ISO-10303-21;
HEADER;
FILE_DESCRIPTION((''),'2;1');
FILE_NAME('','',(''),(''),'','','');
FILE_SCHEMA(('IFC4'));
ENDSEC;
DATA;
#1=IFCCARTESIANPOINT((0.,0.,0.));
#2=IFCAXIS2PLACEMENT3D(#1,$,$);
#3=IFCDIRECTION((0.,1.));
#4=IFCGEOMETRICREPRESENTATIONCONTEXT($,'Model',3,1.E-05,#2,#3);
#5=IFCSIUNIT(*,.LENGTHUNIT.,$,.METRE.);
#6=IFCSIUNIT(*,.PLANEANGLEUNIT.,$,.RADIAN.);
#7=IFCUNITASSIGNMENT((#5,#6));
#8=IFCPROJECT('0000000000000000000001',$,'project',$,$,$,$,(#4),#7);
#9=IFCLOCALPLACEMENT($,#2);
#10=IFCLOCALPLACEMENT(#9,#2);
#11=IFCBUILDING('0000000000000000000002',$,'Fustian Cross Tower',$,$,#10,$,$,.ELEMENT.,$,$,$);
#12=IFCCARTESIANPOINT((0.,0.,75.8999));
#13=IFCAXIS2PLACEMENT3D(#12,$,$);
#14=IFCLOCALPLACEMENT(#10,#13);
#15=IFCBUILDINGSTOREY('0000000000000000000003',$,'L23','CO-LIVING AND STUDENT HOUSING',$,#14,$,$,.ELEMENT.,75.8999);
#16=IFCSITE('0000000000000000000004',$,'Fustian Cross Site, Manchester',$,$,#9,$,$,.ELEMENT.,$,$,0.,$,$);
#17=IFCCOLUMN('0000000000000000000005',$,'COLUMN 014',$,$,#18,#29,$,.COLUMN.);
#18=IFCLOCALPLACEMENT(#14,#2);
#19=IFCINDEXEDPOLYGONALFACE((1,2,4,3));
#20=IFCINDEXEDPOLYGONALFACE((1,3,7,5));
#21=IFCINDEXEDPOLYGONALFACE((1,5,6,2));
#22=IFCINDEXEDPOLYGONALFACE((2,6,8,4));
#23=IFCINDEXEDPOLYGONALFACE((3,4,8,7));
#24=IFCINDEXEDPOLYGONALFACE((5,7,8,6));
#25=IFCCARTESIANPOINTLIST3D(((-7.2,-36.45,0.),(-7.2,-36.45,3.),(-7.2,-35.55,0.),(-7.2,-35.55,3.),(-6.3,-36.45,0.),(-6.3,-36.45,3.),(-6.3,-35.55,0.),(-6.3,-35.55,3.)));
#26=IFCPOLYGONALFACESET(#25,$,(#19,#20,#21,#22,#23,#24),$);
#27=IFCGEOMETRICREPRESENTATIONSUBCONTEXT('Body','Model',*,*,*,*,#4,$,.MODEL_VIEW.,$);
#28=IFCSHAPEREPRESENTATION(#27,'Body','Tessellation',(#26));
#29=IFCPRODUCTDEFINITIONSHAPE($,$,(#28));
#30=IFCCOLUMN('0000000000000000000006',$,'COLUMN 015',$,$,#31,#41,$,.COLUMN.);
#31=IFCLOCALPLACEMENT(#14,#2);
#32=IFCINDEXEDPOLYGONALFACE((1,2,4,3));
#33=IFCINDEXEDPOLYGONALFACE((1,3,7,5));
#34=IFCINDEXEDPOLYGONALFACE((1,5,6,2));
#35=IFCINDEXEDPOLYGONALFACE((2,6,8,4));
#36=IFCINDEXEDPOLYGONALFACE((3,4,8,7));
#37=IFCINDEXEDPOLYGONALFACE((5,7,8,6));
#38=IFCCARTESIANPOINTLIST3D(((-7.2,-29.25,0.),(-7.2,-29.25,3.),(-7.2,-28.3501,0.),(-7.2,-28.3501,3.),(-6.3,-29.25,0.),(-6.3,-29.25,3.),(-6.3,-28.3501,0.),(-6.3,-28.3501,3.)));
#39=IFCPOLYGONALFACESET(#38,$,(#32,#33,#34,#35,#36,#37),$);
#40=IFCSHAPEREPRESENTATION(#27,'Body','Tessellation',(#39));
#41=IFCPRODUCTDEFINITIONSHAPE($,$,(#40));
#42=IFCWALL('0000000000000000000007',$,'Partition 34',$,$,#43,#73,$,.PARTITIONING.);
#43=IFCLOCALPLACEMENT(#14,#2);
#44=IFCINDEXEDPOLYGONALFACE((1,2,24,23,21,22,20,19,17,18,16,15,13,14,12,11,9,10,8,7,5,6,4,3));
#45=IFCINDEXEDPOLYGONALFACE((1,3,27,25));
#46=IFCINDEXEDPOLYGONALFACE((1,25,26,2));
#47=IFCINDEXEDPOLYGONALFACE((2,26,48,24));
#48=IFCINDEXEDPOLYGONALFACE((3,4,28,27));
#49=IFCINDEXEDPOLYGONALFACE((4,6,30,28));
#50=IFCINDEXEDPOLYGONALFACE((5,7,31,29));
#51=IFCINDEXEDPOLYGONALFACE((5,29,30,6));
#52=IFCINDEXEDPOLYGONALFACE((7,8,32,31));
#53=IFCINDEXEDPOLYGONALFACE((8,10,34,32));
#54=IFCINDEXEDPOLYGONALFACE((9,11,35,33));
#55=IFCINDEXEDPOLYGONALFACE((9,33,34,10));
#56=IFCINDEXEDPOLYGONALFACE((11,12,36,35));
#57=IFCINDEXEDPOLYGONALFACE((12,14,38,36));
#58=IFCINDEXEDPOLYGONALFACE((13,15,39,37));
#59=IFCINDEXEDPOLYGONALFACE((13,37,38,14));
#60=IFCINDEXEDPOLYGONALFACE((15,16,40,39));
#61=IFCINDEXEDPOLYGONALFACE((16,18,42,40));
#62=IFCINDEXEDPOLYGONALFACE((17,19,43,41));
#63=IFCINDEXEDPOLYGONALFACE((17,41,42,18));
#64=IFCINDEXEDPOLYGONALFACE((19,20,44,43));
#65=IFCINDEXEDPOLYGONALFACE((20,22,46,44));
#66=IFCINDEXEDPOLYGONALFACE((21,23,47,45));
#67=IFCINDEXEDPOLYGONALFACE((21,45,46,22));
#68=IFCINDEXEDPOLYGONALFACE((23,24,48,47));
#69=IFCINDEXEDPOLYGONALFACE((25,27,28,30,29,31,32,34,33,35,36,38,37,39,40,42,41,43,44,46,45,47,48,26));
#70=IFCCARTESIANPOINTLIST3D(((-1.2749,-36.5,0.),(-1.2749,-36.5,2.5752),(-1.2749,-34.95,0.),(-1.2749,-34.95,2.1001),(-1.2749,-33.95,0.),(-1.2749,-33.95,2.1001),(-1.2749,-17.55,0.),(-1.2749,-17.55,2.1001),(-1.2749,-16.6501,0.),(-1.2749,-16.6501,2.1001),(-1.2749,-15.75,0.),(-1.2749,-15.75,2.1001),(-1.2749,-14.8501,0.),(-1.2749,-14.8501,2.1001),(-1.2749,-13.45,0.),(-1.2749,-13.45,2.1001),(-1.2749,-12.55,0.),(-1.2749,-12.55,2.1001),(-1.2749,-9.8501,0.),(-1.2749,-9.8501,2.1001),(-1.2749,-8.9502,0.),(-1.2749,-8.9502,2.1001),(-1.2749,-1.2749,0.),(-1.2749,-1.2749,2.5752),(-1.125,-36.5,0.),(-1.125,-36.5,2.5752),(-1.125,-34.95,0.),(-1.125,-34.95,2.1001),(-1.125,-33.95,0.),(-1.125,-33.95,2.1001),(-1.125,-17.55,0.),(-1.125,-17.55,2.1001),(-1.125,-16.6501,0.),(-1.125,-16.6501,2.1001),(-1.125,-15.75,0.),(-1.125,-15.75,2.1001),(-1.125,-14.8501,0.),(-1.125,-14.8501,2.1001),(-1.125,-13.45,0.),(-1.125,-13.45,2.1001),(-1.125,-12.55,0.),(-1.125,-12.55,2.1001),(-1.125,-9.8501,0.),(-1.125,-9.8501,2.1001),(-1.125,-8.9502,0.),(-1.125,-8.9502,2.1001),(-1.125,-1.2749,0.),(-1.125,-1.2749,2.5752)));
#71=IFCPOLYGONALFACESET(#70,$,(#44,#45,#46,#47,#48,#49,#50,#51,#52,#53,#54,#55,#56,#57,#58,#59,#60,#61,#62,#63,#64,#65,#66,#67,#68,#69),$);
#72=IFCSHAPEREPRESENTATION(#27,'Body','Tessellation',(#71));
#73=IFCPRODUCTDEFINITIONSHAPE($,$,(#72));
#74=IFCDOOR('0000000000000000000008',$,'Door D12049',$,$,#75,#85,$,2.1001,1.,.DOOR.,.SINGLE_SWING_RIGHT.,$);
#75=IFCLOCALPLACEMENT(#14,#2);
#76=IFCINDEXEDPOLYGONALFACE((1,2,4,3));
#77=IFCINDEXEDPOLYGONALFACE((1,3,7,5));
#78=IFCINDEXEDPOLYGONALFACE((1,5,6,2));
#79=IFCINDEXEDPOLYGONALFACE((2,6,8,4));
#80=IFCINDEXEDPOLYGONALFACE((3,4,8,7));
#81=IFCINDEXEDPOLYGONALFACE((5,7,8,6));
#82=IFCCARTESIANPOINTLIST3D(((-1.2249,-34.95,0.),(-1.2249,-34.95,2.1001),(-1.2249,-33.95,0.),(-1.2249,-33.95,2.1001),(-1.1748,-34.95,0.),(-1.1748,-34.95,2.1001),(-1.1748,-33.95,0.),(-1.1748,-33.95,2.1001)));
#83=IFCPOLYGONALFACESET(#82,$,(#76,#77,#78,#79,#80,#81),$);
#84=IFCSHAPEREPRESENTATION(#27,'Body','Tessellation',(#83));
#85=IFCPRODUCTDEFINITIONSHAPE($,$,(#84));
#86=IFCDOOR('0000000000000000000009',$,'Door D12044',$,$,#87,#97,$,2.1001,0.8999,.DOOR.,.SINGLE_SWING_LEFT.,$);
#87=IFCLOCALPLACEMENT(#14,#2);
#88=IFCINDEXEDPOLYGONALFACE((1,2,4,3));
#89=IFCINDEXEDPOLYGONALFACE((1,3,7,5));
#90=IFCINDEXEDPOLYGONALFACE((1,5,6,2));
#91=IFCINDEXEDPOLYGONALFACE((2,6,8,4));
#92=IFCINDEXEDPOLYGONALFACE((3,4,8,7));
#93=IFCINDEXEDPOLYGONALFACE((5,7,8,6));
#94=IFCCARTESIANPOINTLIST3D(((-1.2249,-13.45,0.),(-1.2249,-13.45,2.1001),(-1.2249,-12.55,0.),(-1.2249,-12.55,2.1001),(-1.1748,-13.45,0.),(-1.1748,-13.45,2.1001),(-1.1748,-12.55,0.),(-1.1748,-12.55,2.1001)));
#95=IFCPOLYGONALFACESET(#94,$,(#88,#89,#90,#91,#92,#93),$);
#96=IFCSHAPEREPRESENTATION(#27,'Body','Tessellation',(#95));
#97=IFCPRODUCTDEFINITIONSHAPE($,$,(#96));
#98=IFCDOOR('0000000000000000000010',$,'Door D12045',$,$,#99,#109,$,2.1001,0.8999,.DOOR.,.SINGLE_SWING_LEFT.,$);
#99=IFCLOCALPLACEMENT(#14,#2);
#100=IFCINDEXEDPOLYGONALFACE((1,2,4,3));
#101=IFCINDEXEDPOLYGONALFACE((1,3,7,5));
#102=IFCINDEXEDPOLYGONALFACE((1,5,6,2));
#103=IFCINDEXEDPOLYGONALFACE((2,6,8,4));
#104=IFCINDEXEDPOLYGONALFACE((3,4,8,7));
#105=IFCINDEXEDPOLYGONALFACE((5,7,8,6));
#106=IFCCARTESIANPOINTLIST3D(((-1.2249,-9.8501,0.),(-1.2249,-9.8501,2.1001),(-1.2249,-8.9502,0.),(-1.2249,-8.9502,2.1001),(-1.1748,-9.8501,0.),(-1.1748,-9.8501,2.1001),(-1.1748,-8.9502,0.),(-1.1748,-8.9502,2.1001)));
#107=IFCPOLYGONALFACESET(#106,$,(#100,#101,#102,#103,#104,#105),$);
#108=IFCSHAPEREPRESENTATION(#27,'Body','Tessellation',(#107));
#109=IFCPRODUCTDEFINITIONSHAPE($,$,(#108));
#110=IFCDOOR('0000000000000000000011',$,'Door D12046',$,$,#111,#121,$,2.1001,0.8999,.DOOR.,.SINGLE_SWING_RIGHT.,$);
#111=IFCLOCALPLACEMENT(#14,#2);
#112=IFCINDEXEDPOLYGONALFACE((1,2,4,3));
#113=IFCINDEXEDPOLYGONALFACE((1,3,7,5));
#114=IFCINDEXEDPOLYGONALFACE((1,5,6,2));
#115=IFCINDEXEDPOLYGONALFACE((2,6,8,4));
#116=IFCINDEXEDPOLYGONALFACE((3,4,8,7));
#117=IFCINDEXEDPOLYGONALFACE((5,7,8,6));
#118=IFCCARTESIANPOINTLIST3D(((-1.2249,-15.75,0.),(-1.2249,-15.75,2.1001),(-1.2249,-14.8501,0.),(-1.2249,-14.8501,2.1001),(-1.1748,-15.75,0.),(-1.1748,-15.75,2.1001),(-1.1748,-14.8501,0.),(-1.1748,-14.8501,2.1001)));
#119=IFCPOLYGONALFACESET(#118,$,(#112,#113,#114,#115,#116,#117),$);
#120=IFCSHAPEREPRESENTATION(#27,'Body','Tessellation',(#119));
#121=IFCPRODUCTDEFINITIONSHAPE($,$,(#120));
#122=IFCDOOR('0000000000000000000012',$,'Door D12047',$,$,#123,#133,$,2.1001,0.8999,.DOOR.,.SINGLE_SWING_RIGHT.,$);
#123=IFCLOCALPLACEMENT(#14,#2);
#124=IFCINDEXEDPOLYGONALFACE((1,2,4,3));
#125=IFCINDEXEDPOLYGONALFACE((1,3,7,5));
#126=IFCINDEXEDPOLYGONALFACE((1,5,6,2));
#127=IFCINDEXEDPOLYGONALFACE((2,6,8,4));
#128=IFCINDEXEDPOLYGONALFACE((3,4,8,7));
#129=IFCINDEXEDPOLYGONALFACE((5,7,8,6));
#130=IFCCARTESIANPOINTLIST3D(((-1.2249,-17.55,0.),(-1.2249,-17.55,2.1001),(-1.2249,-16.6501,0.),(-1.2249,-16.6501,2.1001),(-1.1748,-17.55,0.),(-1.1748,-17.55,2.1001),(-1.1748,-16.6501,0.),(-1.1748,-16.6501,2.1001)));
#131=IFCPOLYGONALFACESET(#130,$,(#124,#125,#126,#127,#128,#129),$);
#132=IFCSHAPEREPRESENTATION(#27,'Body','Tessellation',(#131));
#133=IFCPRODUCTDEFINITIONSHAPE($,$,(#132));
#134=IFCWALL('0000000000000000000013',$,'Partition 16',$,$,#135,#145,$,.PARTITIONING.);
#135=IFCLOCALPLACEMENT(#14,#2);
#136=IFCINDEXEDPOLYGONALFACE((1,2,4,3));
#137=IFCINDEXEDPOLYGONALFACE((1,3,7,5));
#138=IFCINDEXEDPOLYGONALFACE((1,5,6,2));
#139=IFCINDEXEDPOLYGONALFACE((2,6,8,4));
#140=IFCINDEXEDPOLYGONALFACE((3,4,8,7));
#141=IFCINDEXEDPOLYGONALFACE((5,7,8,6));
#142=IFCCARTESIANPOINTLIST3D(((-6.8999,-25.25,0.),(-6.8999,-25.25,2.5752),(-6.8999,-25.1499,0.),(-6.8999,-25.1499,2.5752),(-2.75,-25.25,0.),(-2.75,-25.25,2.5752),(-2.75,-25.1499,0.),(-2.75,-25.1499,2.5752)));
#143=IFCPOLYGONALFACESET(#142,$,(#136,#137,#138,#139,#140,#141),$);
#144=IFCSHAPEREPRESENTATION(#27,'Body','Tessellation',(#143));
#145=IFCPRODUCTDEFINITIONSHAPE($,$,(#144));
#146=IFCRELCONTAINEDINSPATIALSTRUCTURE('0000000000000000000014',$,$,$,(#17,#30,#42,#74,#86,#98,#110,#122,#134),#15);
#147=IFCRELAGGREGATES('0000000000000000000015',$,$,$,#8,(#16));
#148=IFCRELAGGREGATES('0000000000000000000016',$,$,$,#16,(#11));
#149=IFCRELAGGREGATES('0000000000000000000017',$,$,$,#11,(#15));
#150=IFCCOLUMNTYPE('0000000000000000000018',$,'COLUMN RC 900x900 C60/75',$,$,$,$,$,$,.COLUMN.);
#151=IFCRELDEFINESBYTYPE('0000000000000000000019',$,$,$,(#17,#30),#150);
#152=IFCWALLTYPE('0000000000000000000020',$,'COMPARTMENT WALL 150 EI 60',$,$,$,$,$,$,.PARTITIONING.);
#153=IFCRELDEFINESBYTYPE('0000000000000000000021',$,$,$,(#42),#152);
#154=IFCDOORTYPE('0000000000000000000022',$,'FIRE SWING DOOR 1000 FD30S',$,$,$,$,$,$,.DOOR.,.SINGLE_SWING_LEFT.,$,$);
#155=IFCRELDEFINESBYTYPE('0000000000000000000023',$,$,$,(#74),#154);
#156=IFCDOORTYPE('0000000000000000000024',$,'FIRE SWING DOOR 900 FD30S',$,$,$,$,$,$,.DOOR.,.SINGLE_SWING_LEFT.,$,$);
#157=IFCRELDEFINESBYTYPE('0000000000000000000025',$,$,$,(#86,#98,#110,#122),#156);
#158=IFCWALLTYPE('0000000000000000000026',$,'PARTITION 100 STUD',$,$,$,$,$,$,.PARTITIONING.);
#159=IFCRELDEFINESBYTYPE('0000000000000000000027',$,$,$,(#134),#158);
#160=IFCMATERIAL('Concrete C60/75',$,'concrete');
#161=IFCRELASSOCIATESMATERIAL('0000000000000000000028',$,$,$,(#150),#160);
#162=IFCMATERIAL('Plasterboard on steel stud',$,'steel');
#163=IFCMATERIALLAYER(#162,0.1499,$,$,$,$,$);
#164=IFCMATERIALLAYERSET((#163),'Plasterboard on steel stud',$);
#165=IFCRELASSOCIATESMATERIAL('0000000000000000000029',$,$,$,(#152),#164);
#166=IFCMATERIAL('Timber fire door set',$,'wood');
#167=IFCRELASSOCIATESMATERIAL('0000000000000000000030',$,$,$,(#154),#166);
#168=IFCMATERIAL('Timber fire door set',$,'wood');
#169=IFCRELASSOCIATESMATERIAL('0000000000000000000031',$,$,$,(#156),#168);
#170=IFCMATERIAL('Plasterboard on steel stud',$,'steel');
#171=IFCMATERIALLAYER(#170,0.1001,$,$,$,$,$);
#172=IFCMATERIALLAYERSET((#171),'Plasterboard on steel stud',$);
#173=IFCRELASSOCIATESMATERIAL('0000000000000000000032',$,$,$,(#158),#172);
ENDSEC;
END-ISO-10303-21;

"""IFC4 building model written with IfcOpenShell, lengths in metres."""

from ifc_helpers import new_model, si_unit, direction, frame, frame_2d, origin, origin_2d, place, context, subcontext, project, spatial, rectangle, extrude, material, layer, layer_set, material_profile, profile_set, type_object, element, fill, save


model = new_model("IFC4")

# Units and contexts
model_context = context("Model", 3, precision=1e-05, world=origin(), true_north=direction((0.0, 1.0)))
body_context = subcontext(model_context, "Body", "Model", "MODEL_VIEW")
ifc_project = project(units=[si_unit("LENGTHUNIT", "METRE"), si_unit("PLANEANGLEUNIT", "RADIAN")], contexts=[model_context])

# Site, building, storey
site_placement = place(None, origin())
site = spatial("IfcSite", under=ifc_project, at=site_placement, Name="Fustian Cross Site, Manchester", CompositionType="ELEMENT", RefElevation=0.0)
building_placement = place(site_placement, origin())
building = spatial("IfcBuilding", under=site, at=building_placement, Name="Fustian Cross Tower", CompositionType="ELEMENT")
storey_placement = place(building_placement, frame((0.0, 0.0, 75.8999)))
storey = spatial("IfcBuildingStorey", under=building, at=storey_placement, Name="L23", Description="CO-LIVING AND STUDENT HOUSING", CompositionType="ELEMENT", Elevation=75.8999)

# Columns
ifc_material_1 = material(Name="Concrete C60/75", Category="concrete")
ifc_material_profile = material_profile(ifc_material_1, rectangle(XDim=0.8999, YDim=0.8999, at=origin_2d()), Name="RC 900x900")
ifc_profile_set = profile_set([ifc_material_profile], Name="Concrete C60/75")
column_type = type_object("IfcColumnType", Name="COLUMN RC 900x900 C60/75", PredefinedType="COLUMN", material=ifc_profile_set)
for number, where, z_axis, x_axis, name in (
    (1, (-6.75, -36.0, 0.0), (0.0, 0.0, 1.0), (1.0, 0.0, 0.0), "COLUMN 014"),
    (2, (-6.75, -28.8, 0.0), (0.0, 0.0, 1.0), (1.0, 0.0, 0.0), "COLUMN 015"),
):
    element("IfcColumn", number, at=place(storey_placement, frame(where, z_axis=z_axis, x_axis=x_axis)), inside=storey, type_object=column_type, Name=name, PredefinedType="COLUMN", context=body_context, shape_type="SweptSolid", body=[
        extrude(rectangle(XDim=0.8999, YDim=0.8999, at=origin_2d()), origin(), (0.0, 0.0, 1.0), 3.0),
    ])

# Wall, openings, doors
ifc_material_2 = material(Name="Plasterboard on steel stud", Category="steel")
ifc_layer_1 = layer(ifc_material_2, 0.1499)
ifc_layer_set_1 = layer_set([ifc_layer_1], Name="Plasterboard on steel stud")
wall_type_1 = type_object("IfcWallType", Name="COMPARTMENT WALL 150 EI 60", PredefinedType="PARTITIONING", material=ifc_layer_set_1)
wall_1_placement = place(storey_placement, frame((-1.2, -36.5, 0.0), z_axis=(0.0, 0.0, 1.0), x_axis=(0.0, 1.0, 0.0)))
wall_1 = element("IfcWall", 3, at=wall_1_placement, inside=storey, type_object=wall_type_1, Name="Partition 34", PredefinedType="PARTITIONING", context=body_context, shape_type="SweptSolid", body=[
    extrude(rectangle(XDim=35.2251, YDim=0.1499, at=frame_2d((17.6125, 0.0))), origin(), (0.0, 0.0, 1.0), 2.5752),
])
opening_1_placement = place(wall_1_placement, frame((23.05, 0.0, 0.0)))
opening_1 = element("IfcOpeningElement", 4, at=opening_1_placement, cuts=wall_1, PredefinedType="OPENING", context=body_context, shape_type="SweptSolid", body=[
    extrude(rectangle(XDim=0.8999, YDim=2.1001, at=frame_2d((0.45, 1.05))), frame((0.0, 0.085, 0.0), z_axis=(0.0, -1.0, 0.0), x_axis=(1.0, 0.0, 0.0)), (0.0, 0.0, 1.0), 0.1699),
])
opening_2_placement = place(wall_1_placement, frame((26.6499, 0.0, 0.0)))
opening_2 = element("IfcOpeningElement", 5, at=opening_2_placement, cuts=wall_1, PredefinedType="OPENING", context=body_context, shape_type="SweptSolid", body=[
    extrude(rectangle(XDim=0.8999, YDim=2.1001, at=frame_2d((0.45, 1.05))), frame((0.0, 0.085, 0.0), z_axis=(0.0, -1.0, 0.0), x_axis=(1.0, 0.0, 0.0)), (0.0, 0.0, 1.0), 0.1699),
])
opening_3_placement = place(wall_1_placement, frame((20.75, 0.0, 0.0)))
opening_3 = element("IfcOpeningElement", 6, at=opening_3_placement, cuts=wall_1, PredefinedType="OPENING", context=body_context, shape_type="SweptSolid", body=[
    extrude(rectangle(XDim=0.8999, YDim=2.1001, at=frame_2d((0.45, 1.05))), frame((0.0, 0.085, 0.0), z_axis=(0.0, -1.0, 0.0), x_axis=(1.0, 0.0, 0.0)), (0.0, 0.0, 1.0), 0.1699),
])
opening_4_placement = place(wall_1_placement, frame((18.95, 0.0, 0.0)))
opening_4 = element("IfcOpeningElement", 7, at=opening_4_placement, cuts=wall_1, PredefinedType="OPENING", context=body_context, shape_type="SweptSolid", body=[
    extrude(rectangle(XDim=0.8999, YDim=2.1001, at=frame_2d((0.45, 1.05))), frame((0.0, 0.085, 0.0), z_axis=(0.0, -1.0, 0.0), x_axis=(1.0, 0.0, 0.0)), (0.0, 0.0, 1.0), 0.1699),
])
opening_5_placement = place(wall_1_placement, frame((1.55, 0.0, 0.0)))
opening_5 = element("IfcOpeningElement", 8, at=opening_5_placement, cuts=wall_1, PredefinedType="OPENING", context=body_context, shape_type="SweptSolid", body=[
    extrude(rectangle(XDim=1.0, YDim=2.1001, at=frame_2d((0.5, 1.05))), frame((0.0, 0.085, 0.0), z_axis=(0.0, -1.0, 0.0), x_axis=(1.0, 0.0, 0.0)), (0.0, 0.0, 1.0), 0.1699),
])
ifc_material_3 = material(Name="Timber fire door set", Category="wood")
door_type_1 = type_object("IfcDoorType", Name="FIRE SWING DOOR 1000 FD30S", OperationType="SINGLE_SWING_LEFT", PredefinedType="DOOR", material=ifc_material_3)
door_1_placement = place(opening_5_placement, origin())
door_1 = element("IfcDoor", 9, at=door_1_placement, inside=storey, type_object=door_type_1, Name="Door D12049", OperationType="SINGLE_SWING_RIGHT", OverallHeight=2.1001, OverallWidth=1.0, PredefinedType="DOOR", context=body_context, shape_type="SweptSolid", body=[
    extrude(rectangle(XDim=1.0, YDim=2.1001, at=frame_2d((0.5, 1.05))), frame((0.0, 0.0249, 0.0), z_axis=(0.0, -1.0, 0.0), x_axis=(1.0, 0.0, 0.0)), (0.0, 0.0, 1.0), 0.05),
])
fill(opening_5, door_1)
ifc_material_4 = material(Name="Timber fire door set", Category="wood")
door_type_2 = type_object("IfcDoorType", Name="FIRE SWING DOOR 900 FD30S", OperationType="SINGLE_SWING_LEFT", PredefinedType="DOOR", material=ifc_material_4)
door_2_placement = place(opening_1_placement, origin())
door_2 = element("IfcDoor", 10, at=door_2_placement, inside=storey, type_object=door_type_2, Name="Door D12044", OperationType="SINGLE_SWING_LEFT", OverallHeight=2.1001, OverallWidth=0.8999, PredefinedType="DOOR", context=body_context, shape_type="SweptSolid", body=[
    extrude(rectangle(XDim=0.8999, YDim=2.1001, at=frame_2d((0.45, 1.05))), frame((0.0, 0.0249, 0.0), z_axis=(0.0, -1.0, 0.0), x_axis=(1.0, 0.0, 0.0)), (0.0, 0.0, 1.0), 0.05),
])
fill(opening_1, door_2)
door_3_placement = place(opening_2_placement, origin())
door_3 = element("IfcDoor", 11, at=door_3_placement, inside=storey, type_object=door_type_2, Name="Door D12045", OperationType="SINGLE_SWING_LEFT", OverallHeight=2.1001, OverallWidth=0.8999, PredefinedType="DOOR", context=body_context, shape_type="SweptSolid", body=[
    extrude(rectangle(XDim=0.8999, YDim=2.1001, at=frame_2d((0.45, 1.05))), frame((0.0, 0.0249, 0.0), z_axis=(0.0, -1.0, 0.0), x_axis=(1.0, 0.0, 0.0)), (0.0, 0.0, 1.0), 0.05),
])
fill(opening_2, door_3)
door_4_placement = place(opening_3_placement, origin())
door_4 = element("IfcDoor", 12, at=door_4_placement, inside=storey, type_object=door_type_2, Name="Door D12046", OperationType="SINGLE_SWING_RIGHT", OverallHeight=2.1001, OverallWidth=0.8999, PredefinedType="DOOR", context=body_context, shape_type="SweptSolid", body=[
    extrude(rectangle(XDim=0.8999, YDim=2.1001, at=frame_2d((0.45, 1.05))), frame((0.0, 0.0249, 0.0), z_axis=(0.0, -1.0, 0.0), x_axis=(1.0, 0.0, 0.0)), (0.0, 0.0, 1.0), 0.05),
])
fill(opening_3, door_4)
door_5_placement = place(opening_4_placement, origin())
door_5 = element("IfcDoor", 13, at=door_5_placement, inside=storey, type_object=door_type_2, Name="Door D12047", OperationType="SINGLE_SWING_RIGHT", OverallHeight=2.1001, OverallWidth=0.8999, PredefinedType="DOOR", context=body_context, shape_type="SweptSolid", body=[
    extrude(rectangle(XDim=0.8999, YDim=2.1001, at=frame_2d((0.45, 1.05))), frame((0.0, 0.0249, 0.0), z_axis=(0.0, -1.0, 0.0), x_axis=(1.0, 0.0, 0.0)), (0.0, 0.0, 1.0), 0.05),
])
fill(opening_4, door_5)

# Wall
ifc_material_5 = material(Name="Plasterboard on steel stud", Category="steel")
ifc_layer_2 = layer(ifc_material_5, 0.1001)
ifc_layer_set_2 = layer_set([ifc_layer_2], Name="Plasterboard on steel stud")
wall_type_2 = type_object("IfcWallType", Name="PARTITION 100 STUD", PredefinedType="PARTITIONING", material=ifc_layer_set_2)
wall_2_placement = place(storey_placement, frame((-6.8999, -25.2, 0.0), z_axis=(0.0, 0.0, 1.0), x_axis=(1.0, 0.0, 0.0)))
element("IfcWall", 14, at=wall_2_placement, inside=storey, type_object=wall_type_2, Name="Partition 16", PredefinedType="PARTITIONING", context=body_context, shape_type="SweptSolid", body=[
    extrude(rectangle(XDim=4.1499, YDim=0.1001, at=frame_2d((2.075, 0.0))), origin(), (0.0, 0.0, 1.0), 2.5752),
])

save(model, "model.ifc")
